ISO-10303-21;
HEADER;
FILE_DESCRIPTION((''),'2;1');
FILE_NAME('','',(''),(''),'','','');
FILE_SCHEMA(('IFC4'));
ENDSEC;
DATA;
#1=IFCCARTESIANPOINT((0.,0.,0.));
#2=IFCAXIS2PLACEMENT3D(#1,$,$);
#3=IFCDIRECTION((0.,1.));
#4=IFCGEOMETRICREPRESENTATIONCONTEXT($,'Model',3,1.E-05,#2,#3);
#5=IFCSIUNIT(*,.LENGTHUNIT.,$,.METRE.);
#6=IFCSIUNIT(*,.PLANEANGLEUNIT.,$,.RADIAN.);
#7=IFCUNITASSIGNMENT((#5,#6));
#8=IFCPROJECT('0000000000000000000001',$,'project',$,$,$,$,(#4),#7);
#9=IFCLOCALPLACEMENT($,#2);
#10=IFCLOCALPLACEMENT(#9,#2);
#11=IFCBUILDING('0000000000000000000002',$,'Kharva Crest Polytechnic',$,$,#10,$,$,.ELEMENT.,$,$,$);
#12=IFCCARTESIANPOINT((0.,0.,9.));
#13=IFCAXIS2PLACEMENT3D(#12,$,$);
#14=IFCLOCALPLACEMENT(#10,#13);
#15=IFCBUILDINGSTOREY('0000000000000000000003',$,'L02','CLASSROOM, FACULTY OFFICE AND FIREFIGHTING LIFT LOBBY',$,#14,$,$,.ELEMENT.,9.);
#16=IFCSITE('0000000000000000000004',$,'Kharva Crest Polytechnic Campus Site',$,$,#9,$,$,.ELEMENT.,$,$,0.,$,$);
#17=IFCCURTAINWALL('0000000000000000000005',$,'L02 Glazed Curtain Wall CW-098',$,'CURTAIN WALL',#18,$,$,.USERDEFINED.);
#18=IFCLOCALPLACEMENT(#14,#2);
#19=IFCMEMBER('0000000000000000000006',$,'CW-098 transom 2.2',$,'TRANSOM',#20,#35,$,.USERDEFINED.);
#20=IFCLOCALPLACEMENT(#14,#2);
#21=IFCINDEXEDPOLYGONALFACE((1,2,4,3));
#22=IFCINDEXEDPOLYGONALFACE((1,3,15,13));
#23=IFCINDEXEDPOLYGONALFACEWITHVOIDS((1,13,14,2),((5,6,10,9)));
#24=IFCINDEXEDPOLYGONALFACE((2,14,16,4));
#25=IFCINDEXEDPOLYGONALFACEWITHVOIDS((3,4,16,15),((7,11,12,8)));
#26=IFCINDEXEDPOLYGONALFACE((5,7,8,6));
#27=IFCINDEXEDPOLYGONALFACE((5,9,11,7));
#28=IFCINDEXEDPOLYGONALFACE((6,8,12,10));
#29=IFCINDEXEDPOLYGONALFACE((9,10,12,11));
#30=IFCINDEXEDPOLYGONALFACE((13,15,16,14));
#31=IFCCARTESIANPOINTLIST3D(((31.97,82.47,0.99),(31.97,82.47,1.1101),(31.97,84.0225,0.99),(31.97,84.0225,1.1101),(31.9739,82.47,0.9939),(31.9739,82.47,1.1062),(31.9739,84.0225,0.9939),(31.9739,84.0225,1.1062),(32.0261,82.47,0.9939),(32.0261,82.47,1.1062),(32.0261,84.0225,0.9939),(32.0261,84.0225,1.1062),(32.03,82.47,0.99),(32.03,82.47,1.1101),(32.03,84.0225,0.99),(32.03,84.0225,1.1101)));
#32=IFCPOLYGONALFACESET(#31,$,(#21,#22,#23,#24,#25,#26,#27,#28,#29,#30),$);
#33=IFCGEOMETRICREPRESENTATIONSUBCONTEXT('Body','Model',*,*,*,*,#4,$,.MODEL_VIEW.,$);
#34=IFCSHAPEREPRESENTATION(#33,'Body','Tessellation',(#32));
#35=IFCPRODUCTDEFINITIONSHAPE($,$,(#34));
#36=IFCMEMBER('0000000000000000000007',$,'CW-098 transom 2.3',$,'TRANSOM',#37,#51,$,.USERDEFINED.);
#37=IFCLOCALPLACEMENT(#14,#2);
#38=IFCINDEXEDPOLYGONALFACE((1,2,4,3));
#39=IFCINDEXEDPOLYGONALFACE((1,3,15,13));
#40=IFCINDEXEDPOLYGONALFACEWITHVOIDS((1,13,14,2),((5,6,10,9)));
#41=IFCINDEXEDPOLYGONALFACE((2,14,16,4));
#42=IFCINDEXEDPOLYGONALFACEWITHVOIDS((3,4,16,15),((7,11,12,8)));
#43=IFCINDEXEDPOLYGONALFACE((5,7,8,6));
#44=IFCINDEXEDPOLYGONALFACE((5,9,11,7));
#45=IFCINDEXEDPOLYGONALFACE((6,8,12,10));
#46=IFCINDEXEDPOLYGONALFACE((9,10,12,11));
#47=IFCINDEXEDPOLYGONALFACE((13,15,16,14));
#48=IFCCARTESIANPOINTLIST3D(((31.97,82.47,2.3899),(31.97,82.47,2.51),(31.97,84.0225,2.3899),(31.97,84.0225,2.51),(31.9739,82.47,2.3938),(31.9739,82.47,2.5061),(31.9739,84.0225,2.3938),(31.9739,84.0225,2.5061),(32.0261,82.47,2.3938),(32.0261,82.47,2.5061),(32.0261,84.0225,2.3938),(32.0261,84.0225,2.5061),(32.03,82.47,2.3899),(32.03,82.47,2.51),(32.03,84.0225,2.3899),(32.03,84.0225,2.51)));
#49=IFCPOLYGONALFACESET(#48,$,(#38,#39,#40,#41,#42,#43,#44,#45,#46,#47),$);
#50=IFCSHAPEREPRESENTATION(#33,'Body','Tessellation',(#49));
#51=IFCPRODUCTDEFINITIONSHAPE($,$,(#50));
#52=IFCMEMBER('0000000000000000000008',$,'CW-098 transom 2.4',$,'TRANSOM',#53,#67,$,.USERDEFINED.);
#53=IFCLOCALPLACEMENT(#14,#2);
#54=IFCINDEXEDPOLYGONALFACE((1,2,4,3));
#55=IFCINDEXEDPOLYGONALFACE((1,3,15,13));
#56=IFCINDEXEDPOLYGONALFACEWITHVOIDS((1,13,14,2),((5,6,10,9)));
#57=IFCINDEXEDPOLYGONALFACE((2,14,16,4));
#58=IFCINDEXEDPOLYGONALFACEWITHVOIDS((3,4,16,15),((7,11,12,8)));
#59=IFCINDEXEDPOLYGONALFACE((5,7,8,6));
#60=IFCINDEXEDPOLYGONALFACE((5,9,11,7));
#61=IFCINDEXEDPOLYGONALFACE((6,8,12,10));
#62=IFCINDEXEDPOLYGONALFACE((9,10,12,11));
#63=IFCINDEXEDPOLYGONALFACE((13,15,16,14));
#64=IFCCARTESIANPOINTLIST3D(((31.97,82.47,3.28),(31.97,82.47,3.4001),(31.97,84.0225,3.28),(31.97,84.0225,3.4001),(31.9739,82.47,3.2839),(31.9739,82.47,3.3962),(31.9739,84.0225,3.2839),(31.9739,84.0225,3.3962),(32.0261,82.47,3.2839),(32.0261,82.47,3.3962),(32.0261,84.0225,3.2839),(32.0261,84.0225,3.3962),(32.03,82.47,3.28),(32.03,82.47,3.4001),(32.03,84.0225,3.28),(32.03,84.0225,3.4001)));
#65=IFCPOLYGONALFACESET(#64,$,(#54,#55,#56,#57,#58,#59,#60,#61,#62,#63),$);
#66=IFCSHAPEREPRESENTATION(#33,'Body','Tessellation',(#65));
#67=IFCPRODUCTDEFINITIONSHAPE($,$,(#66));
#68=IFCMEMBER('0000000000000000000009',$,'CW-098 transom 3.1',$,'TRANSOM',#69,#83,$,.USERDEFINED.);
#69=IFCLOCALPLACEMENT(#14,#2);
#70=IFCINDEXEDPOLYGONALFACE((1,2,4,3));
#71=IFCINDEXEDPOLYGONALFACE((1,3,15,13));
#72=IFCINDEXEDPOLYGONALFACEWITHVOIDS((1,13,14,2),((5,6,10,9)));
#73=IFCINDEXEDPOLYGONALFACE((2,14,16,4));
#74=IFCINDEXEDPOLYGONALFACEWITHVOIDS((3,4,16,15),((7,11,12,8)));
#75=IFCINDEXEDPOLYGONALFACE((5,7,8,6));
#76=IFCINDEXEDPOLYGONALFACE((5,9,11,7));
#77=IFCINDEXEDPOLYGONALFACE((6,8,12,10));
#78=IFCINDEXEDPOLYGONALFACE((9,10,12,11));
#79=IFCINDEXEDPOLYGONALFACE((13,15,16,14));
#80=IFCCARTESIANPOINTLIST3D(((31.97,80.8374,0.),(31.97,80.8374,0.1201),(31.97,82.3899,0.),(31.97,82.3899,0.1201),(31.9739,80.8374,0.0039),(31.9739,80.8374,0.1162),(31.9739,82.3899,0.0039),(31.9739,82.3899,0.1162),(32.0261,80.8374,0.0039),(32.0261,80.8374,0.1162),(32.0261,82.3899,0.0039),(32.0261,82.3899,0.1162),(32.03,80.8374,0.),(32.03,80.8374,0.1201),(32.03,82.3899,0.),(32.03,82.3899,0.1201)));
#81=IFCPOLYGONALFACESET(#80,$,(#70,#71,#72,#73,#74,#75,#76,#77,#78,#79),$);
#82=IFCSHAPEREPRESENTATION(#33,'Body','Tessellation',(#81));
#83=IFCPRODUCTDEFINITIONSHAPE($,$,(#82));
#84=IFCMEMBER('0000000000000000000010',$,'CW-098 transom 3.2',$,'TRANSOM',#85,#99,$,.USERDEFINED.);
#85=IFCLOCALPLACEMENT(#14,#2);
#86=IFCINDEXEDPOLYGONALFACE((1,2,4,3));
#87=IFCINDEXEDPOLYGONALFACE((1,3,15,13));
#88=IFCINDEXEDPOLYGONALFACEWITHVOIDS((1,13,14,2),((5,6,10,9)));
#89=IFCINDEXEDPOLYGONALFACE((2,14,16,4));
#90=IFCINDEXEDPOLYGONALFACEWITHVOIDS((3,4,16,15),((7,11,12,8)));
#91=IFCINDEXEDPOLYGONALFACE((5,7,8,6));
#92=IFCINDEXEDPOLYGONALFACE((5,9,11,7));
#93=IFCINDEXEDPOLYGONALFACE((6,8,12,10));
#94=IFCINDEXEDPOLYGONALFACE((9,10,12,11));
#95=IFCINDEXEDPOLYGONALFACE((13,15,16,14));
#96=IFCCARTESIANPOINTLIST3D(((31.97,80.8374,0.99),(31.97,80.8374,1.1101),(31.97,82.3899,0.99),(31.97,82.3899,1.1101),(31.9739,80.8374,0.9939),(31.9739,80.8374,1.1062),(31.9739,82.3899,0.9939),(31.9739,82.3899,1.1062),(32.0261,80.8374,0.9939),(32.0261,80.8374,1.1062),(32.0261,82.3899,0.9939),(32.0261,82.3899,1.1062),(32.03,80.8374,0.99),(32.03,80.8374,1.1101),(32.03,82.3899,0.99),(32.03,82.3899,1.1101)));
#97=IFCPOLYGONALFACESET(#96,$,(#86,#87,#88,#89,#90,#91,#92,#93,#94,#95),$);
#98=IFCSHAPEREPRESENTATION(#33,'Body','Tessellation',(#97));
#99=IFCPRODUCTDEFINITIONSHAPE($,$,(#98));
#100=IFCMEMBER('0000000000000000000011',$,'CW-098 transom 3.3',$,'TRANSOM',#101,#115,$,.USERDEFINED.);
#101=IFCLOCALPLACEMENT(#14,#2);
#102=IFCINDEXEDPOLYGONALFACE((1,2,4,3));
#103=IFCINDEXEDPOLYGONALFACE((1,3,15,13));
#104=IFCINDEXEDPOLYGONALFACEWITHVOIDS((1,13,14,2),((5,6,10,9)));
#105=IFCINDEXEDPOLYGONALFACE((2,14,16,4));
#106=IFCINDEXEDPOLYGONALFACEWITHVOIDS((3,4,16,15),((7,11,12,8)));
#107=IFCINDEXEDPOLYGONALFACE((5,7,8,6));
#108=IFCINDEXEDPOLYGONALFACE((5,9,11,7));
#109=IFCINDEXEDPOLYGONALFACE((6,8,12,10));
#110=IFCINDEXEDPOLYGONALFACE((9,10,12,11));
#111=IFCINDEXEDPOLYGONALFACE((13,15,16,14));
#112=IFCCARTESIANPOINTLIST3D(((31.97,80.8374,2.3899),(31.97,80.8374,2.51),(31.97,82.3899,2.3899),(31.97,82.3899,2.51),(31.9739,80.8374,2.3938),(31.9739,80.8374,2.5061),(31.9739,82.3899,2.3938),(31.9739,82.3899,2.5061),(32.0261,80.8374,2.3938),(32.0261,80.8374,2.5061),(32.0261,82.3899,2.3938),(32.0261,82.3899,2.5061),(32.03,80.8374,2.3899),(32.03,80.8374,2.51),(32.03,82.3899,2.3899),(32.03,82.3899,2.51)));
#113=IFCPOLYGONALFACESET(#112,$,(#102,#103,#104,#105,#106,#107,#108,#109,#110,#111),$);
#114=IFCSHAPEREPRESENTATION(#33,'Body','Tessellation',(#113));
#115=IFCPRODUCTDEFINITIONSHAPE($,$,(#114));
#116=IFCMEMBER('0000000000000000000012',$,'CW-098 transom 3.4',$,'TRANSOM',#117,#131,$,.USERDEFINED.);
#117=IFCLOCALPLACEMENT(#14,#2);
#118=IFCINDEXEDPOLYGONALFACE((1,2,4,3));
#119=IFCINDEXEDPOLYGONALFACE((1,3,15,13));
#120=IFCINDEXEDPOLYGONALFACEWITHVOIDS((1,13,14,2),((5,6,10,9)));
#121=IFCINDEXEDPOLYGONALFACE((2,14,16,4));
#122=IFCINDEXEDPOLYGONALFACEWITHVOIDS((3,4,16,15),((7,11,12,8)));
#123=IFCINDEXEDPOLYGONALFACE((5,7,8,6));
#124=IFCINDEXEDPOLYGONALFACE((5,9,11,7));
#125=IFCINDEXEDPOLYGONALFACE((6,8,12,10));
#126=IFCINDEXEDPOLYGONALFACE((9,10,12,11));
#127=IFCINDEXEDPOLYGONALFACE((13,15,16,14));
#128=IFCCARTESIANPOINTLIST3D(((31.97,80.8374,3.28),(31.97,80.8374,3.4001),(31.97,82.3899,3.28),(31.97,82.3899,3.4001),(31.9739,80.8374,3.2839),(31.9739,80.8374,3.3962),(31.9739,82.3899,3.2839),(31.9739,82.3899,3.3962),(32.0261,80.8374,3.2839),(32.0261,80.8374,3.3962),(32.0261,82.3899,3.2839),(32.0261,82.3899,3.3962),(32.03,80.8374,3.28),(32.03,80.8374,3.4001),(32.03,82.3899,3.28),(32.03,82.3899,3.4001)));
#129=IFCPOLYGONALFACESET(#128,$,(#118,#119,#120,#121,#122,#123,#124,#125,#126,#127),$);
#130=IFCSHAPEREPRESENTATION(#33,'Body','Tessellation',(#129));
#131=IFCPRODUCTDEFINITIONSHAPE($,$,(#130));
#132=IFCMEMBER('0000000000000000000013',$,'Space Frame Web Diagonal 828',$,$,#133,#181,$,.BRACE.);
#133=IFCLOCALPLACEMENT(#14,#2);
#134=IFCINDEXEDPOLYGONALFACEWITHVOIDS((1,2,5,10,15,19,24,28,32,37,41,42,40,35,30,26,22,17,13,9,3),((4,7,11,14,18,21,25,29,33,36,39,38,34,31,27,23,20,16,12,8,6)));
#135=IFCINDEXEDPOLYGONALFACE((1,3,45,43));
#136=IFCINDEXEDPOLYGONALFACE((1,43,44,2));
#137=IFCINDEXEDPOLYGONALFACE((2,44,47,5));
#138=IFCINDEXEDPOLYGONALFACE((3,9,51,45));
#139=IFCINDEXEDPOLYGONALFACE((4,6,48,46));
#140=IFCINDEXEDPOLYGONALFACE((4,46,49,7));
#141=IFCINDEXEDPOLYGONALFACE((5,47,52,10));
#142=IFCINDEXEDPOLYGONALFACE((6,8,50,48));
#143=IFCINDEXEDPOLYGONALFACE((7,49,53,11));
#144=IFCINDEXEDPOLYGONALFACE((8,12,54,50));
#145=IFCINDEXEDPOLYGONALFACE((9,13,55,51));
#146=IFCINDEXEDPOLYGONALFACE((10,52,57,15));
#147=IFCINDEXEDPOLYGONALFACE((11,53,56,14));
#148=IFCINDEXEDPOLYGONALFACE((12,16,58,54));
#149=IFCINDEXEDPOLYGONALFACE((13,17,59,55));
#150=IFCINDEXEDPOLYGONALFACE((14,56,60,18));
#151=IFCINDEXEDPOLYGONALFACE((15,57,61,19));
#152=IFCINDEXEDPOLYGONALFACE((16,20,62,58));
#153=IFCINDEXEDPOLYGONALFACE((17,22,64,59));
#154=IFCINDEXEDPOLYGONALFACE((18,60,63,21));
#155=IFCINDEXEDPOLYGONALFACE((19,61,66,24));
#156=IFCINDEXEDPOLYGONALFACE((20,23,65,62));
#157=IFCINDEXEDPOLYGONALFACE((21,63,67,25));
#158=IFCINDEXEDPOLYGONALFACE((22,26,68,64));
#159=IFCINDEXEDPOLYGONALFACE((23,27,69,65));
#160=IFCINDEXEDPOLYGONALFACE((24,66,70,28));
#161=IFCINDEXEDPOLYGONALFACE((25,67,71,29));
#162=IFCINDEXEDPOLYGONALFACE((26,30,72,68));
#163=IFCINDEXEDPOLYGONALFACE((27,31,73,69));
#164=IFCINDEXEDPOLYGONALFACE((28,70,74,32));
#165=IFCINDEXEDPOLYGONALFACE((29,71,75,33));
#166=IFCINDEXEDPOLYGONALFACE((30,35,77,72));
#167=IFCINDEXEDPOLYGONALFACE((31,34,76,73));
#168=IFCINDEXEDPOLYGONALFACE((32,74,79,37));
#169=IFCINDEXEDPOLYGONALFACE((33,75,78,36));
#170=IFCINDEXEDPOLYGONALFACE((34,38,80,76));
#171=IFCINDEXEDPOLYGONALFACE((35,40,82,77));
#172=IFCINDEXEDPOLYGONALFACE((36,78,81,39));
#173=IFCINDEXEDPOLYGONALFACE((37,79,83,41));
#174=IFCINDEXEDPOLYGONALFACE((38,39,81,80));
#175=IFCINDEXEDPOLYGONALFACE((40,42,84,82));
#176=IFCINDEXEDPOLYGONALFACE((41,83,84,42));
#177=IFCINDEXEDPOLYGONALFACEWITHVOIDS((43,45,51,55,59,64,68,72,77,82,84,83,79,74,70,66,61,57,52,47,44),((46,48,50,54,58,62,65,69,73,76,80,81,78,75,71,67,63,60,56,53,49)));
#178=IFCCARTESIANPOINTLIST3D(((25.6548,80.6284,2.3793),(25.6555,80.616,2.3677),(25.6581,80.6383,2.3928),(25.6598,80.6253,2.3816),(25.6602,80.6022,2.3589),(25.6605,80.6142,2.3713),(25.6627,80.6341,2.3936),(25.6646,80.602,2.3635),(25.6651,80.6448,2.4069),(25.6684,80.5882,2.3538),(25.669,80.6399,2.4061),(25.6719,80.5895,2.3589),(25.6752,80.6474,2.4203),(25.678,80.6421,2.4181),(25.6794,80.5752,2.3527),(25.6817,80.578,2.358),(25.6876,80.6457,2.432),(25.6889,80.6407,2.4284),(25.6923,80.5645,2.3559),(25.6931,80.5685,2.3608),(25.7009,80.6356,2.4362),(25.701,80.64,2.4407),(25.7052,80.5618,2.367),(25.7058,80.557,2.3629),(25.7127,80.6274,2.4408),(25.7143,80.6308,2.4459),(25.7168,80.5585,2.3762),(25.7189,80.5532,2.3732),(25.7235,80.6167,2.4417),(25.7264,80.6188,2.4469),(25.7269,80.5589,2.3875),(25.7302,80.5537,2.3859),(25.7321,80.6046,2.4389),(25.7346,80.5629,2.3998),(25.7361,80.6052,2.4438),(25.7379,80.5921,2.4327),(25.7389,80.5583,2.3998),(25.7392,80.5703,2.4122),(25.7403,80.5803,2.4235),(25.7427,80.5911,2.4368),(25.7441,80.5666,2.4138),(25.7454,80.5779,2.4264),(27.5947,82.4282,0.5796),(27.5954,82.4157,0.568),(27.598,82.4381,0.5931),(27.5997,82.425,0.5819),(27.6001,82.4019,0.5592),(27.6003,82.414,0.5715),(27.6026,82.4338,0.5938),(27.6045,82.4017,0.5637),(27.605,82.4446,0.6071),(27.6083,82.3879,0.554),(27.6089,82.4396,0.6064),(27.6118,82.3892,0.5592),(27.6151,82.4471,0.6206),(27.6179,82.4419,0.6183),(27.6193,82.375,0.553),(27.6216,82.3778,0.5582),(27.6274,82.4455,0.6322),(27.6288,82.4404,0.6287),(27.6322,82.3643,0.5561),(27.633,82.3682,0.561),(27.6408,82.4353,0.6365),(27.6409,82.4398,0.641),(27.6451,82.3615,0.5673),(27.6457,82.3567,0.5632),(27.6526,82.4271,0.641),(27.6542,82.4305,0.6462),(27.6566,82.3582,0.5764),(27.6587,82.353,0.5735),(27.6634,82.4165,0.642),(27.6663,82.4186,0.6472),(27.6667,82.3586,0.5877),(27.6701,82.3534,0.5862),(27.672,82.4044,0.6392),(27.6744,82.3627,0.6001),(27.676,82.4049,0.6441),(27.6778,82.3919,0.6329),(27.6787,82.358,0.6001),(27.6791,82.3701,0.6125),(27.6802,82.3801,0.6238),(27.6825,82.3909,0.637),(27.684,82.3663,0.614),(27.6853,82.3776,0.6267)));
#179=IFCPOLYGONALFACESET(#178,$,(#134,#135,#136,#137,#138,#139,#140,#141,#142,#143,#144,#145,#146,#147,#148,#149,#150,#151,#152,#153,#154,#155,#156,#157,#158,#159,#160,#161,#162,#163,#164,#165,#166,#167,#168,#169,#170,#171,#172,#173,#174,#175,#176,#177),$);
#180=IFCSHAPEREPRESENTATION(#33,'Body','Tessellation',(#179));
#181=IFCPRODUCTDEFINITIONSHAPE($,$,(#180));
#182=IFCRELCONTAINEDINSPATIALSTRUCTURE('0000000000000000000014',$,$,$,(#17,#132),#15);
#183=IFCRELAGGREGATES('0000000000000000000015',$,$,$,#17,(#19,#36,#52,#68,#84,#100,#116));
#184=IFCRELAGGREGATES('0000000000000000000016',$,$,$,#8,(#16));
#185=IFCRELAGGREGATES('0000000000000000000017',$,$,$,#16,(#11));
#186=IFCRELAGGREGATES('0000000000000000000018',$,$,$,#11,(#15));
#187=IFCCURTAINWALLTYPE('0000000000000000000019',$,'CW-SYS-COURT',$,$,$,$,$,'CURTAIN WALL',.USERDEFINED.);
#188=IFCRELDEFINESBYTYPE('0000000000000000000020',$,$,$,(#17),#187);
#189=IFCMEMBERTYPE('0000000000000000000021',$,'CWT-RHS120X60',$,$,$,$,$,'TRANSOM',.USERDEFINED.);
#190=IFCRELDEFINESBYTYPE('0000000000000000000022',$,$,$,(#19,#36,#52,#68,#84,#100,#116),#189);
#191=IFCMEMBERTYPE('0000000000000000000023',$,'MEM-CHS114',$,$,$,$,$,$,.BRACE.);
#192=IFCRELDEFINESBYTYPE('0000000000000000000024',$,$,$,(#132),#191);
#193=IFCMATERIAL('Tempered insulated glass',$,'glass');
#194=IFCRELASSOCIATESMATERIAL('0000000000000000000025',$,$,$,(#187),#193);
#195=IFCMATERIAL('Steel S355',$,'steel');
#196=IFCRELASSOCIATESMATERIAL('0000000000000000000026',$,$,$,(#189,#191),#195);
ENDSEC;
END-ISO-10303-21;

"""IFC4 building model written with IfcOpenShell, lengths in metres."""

from ifc_helpers import new_model, si_unit, direction, frame, origin, origin_2d, place, context, subcontext, project, spatial, hollow_rectangle, hollow_circle, extrude, material, material_profile, profile_set, type_object, element, aggregate, save


model = new_model("IFC4")

# Units and contexts
model_context = context("Model", 3, precision=1e-05, world=origin(), true_north=direction((0.0, 1.0)))
body_context = subcontext(model_context, "Body", "Model", "MODEL_VIEW")
ifc_project = project(units=[si_unit("LENGTHUNIT", "METRE"), si_unit("PLANEANGLEUNIT", "RADIAN")], contexts=[model_context])

# Site, building, storey
site_placement = place(None, origin())
site = spatial("IfcSite", under=ifc_project, at=site_placement, Name="Kharva Crest Polytechnic Campus Site", CompositionType="ELEMENT", RefElevation=0.0)
building_placement = place(site_placement, origin())
building = spatial("IfcBuilding", under=site, at=building_placement, Name="Kharva Crest Polytechnic", CompositionType="ELEMENT")
storey_placement = place(building_placement, frame((0.0, 0.0, 9.0)))
storey = spatial("IfcBuildingStorey", under=building, at=storey_placement, Name="L02", Description="CLASSROOM, FACULTY OFFICE AND FIREFIGHTING LIFT LOBBY", CompositionType="ELEMENT", Elevation=9.0)

# Shared definitions
ifc_material_1 = material(Name="Steel S355", Category="steel")

# Curtain wall, members
ifc_material_2 = material(Name="Tempered insulated glass", Category="glass")
curtain_wall_type = type_object("IfcCurtainWallType", Name="CW-SYS-COURT", ElementType="CURTAIN WALL", PredefinedType="USERDEFINED", material=ifc_material_2)
curtain_wall_placement = place(storey_placement, origin())
curtain_wall = element("IfcCurtainWall", 1, at=curtain_wall_placement, inside=storey, type_object=curtain_wall_type, Name="L02 Glazed Curtain Wall CW-098", ObjectType="CURTAIN WALL", PredefinedType="USERDEFINED")
ifc_material_profile_1 = material_profile(ifc_material_1, hollow_rectangle(XDim=0.0601, YDim=0.1201, WallThickness=0.0039, at=origin_2d()), Name="RHS 120X60X4.0")
ifc_profile_set_1 = profile_set([ifc_material_profile_1], Name="Steel S355")
member_type_1 = type_object("IfcMemberType", Name="CWT-RHS120X60", ElementType="TRANSOM", PredefinedType="USERDEFINED", material=ifc_profile_set_1)
member_1_placement = place(storey_placement, frame((32.0, 84.0225, 1.05), z_axis=(0.0, -1.0, 0.0), x_axis=(1.0, 0.0, 0.0)))
member_1 = element("IfcMember", 2, at=member_1_placement, type_object=member_type_1, Name="CW-098 transom 2.2", ObjectType="TRANSOM", PredefinedType="USERDEFINED", context=body_context, shape_type="SweptSolid", body=[
    extrude(hollow_rectangle(XDim=0.0601, YDim=0.1201, WallThickness=0.0039, at=origin_2d()), origin(), (0.0, 0.0, 1.0), 1.5525),
])
member_2_placement = place(storey_placement, frame((32.0, 84.0225, 2.45), z_axis=(0.0, -1.0, 0.0), x_axis=(1.0, 0.0, 0.0)))
member_2 = element("IfcMember", 3, at=member_2_placement, type_object=member_type_1, Name="CW-098 transom 2.3", ObjectType="TRANSOM", PredefinedType="USERDEFINED", context=body_context, shape_type="SweptSolid", body=[
    extrude(hollow_rectangle(XDim=0.0601, YDim=0.1201, WallThickness=0.0039, at=origin_2d()), origin(), (0.0, 0.0, 1.0), 1.5525),
])
member_3_placement = place(storey_placement, frame((32.0, 84.0225, 3.3401), z_axis=(0.0, -1.0, 0.0), x_axis=(1.0, 0.0, 0.0)))
member_3 = element("IfcMember", 4, at=member_3_placement, type_object=member_type_1, Name="CW-098 transom 2.4", ObjectType="TRANSOM", PredefinedType="USERDEFINED", context=body_context, shape_type="SweptSolid", body=[
    extrude(hollow_rectangle(XDim=0.0601, YDim=0.1201, WallThickness=0.0039, at=origin_2d()), origin(), (0.0, 0.0, 1.0), 1.5525),
])
member_4_placement = place(storey_placement, frame((32.0, 82.3899, 0.0601), z_axis=(0.0, -1.0, 0.0), x_axis=(1.0, 0.0, 0.0)))
member_4 = element("IfcMember", 5, at=member_4_placement, type_object=member_type_1, Name="CW-098 transom 3.1", ObjectType="TRANSOM", PredefinedType="USERDEFINED", context=body_context, shape_type="SweptSolid", body=[
    extrude(hollow_rectangle(XDim=0.0601, YDim=0.1201, WallThickness=0.0039, at=origin_2d()), origin(), (0.0, 0.0, 1.0), 1.5525),
])
member_5_placement = place(storey_placement, frame((32.0, 82.3899, 1.05), z_axis=(0.0, -1.0, 0.0), x_axis=(1.0, 0.0, 0.0)))
member_5 = element("IfcMember", 6, at=member_5_placement, type_object=member_type_1, Name="CW-098 transom 3.2", ObjectType="TRANSOM", PredefinedType="USERDEFINED", context=body_context, shape_type="SweptSolid", body=[
    extrude(hollow_rectangle(XDim=0.0601, YDim=0.1201, WallThickness=0.0039, at=origin_2d()), origin(), (0.0, 0.0, 1.0), 1.5525),
])
member_6_placement = place(storey_placement, frame((32.0, 82.3899, 2.45), z_axis=(0.0, -1.0, 0.0), x_axis=(1.0, 0.0, 0.0)))
member_6 = element("IfcMember", 7, at=member_6_placement, type_object=member_type_1, Name="CW-098 transom 3.3", ObjectType="TRANSOM", PredefinedType="USERDEFINED", context=body_context, shape_type="SweptSolid", body=[
    extrude(hollow_rectangle(XDim=0.0601, YDim=0.1201, WallThickness=0.0039, at=origin_2d()), origin(), (0.0, 0.0, 1.0), 1.5525),
])
member_7_placement = place(storey_placement, frame((32.0, 82.3899, 3.3401), z_axis=(0.0, -1.0, 0.0), x_axis=(1.0, 0.0, 0.0)))
member_7 = element("IfcMember", 8, at=member_7_placement, type_object=member_type_1, Name="CW-098 transom 3.4", ObjectType="TRANSOM", PredefinedType="USERDEFINED", context=body_context, shape_type="SweptSolid", body=[
    extrude(hollow_rectangle(XDim=0.0601, YDim=0.1201, WallThickness=0.0039, at=origin_2d()), origin(), (0.0, 0.0, 1.0), 1.5525),
])

# Member
ifc_material_profile_2 = material_profile(ifc_material_1, hollow_circle(Radius=0.0571, WallThickness=0.0063, at=origin_2d()), Name="CHS 114.3X6.3")
ifc_profile_set_2 = profile_set([ifc_material_profile_2], Name="Steel S355")
member_type_2 = type_object("IfcMemberType", Name="MEM-CHS114", PredefinedType="BRACE", material=ifc_profile_set_2)
member_8_placement = place(storey_placement, frame((27.6399, 82.3999, 0.6001), z_axis=(-0.606173, -0.562385, 0.562385), x_axis=(0.680133, -0.733089, 0.0)))
element("IfcMember", 9, at=member_8_placement, inside=storey, type_object=member_type_2, Name="Space Frame Web Diagonal 828", PredefinedType="BRACE", context=body_context, shape_type="SweptSolid", body=[
    extrude(hollow_circle(Radius=0.0571, WallThickness=0.0063, at=origin_2d()), origin(), (0.0, 0.0, 1.0), 3.2002),
])

aggregate(curtain_wall, [member_1, member_2, member_3, member_4, member_5, member_6, member_7])

save(model, "model.ifc")
